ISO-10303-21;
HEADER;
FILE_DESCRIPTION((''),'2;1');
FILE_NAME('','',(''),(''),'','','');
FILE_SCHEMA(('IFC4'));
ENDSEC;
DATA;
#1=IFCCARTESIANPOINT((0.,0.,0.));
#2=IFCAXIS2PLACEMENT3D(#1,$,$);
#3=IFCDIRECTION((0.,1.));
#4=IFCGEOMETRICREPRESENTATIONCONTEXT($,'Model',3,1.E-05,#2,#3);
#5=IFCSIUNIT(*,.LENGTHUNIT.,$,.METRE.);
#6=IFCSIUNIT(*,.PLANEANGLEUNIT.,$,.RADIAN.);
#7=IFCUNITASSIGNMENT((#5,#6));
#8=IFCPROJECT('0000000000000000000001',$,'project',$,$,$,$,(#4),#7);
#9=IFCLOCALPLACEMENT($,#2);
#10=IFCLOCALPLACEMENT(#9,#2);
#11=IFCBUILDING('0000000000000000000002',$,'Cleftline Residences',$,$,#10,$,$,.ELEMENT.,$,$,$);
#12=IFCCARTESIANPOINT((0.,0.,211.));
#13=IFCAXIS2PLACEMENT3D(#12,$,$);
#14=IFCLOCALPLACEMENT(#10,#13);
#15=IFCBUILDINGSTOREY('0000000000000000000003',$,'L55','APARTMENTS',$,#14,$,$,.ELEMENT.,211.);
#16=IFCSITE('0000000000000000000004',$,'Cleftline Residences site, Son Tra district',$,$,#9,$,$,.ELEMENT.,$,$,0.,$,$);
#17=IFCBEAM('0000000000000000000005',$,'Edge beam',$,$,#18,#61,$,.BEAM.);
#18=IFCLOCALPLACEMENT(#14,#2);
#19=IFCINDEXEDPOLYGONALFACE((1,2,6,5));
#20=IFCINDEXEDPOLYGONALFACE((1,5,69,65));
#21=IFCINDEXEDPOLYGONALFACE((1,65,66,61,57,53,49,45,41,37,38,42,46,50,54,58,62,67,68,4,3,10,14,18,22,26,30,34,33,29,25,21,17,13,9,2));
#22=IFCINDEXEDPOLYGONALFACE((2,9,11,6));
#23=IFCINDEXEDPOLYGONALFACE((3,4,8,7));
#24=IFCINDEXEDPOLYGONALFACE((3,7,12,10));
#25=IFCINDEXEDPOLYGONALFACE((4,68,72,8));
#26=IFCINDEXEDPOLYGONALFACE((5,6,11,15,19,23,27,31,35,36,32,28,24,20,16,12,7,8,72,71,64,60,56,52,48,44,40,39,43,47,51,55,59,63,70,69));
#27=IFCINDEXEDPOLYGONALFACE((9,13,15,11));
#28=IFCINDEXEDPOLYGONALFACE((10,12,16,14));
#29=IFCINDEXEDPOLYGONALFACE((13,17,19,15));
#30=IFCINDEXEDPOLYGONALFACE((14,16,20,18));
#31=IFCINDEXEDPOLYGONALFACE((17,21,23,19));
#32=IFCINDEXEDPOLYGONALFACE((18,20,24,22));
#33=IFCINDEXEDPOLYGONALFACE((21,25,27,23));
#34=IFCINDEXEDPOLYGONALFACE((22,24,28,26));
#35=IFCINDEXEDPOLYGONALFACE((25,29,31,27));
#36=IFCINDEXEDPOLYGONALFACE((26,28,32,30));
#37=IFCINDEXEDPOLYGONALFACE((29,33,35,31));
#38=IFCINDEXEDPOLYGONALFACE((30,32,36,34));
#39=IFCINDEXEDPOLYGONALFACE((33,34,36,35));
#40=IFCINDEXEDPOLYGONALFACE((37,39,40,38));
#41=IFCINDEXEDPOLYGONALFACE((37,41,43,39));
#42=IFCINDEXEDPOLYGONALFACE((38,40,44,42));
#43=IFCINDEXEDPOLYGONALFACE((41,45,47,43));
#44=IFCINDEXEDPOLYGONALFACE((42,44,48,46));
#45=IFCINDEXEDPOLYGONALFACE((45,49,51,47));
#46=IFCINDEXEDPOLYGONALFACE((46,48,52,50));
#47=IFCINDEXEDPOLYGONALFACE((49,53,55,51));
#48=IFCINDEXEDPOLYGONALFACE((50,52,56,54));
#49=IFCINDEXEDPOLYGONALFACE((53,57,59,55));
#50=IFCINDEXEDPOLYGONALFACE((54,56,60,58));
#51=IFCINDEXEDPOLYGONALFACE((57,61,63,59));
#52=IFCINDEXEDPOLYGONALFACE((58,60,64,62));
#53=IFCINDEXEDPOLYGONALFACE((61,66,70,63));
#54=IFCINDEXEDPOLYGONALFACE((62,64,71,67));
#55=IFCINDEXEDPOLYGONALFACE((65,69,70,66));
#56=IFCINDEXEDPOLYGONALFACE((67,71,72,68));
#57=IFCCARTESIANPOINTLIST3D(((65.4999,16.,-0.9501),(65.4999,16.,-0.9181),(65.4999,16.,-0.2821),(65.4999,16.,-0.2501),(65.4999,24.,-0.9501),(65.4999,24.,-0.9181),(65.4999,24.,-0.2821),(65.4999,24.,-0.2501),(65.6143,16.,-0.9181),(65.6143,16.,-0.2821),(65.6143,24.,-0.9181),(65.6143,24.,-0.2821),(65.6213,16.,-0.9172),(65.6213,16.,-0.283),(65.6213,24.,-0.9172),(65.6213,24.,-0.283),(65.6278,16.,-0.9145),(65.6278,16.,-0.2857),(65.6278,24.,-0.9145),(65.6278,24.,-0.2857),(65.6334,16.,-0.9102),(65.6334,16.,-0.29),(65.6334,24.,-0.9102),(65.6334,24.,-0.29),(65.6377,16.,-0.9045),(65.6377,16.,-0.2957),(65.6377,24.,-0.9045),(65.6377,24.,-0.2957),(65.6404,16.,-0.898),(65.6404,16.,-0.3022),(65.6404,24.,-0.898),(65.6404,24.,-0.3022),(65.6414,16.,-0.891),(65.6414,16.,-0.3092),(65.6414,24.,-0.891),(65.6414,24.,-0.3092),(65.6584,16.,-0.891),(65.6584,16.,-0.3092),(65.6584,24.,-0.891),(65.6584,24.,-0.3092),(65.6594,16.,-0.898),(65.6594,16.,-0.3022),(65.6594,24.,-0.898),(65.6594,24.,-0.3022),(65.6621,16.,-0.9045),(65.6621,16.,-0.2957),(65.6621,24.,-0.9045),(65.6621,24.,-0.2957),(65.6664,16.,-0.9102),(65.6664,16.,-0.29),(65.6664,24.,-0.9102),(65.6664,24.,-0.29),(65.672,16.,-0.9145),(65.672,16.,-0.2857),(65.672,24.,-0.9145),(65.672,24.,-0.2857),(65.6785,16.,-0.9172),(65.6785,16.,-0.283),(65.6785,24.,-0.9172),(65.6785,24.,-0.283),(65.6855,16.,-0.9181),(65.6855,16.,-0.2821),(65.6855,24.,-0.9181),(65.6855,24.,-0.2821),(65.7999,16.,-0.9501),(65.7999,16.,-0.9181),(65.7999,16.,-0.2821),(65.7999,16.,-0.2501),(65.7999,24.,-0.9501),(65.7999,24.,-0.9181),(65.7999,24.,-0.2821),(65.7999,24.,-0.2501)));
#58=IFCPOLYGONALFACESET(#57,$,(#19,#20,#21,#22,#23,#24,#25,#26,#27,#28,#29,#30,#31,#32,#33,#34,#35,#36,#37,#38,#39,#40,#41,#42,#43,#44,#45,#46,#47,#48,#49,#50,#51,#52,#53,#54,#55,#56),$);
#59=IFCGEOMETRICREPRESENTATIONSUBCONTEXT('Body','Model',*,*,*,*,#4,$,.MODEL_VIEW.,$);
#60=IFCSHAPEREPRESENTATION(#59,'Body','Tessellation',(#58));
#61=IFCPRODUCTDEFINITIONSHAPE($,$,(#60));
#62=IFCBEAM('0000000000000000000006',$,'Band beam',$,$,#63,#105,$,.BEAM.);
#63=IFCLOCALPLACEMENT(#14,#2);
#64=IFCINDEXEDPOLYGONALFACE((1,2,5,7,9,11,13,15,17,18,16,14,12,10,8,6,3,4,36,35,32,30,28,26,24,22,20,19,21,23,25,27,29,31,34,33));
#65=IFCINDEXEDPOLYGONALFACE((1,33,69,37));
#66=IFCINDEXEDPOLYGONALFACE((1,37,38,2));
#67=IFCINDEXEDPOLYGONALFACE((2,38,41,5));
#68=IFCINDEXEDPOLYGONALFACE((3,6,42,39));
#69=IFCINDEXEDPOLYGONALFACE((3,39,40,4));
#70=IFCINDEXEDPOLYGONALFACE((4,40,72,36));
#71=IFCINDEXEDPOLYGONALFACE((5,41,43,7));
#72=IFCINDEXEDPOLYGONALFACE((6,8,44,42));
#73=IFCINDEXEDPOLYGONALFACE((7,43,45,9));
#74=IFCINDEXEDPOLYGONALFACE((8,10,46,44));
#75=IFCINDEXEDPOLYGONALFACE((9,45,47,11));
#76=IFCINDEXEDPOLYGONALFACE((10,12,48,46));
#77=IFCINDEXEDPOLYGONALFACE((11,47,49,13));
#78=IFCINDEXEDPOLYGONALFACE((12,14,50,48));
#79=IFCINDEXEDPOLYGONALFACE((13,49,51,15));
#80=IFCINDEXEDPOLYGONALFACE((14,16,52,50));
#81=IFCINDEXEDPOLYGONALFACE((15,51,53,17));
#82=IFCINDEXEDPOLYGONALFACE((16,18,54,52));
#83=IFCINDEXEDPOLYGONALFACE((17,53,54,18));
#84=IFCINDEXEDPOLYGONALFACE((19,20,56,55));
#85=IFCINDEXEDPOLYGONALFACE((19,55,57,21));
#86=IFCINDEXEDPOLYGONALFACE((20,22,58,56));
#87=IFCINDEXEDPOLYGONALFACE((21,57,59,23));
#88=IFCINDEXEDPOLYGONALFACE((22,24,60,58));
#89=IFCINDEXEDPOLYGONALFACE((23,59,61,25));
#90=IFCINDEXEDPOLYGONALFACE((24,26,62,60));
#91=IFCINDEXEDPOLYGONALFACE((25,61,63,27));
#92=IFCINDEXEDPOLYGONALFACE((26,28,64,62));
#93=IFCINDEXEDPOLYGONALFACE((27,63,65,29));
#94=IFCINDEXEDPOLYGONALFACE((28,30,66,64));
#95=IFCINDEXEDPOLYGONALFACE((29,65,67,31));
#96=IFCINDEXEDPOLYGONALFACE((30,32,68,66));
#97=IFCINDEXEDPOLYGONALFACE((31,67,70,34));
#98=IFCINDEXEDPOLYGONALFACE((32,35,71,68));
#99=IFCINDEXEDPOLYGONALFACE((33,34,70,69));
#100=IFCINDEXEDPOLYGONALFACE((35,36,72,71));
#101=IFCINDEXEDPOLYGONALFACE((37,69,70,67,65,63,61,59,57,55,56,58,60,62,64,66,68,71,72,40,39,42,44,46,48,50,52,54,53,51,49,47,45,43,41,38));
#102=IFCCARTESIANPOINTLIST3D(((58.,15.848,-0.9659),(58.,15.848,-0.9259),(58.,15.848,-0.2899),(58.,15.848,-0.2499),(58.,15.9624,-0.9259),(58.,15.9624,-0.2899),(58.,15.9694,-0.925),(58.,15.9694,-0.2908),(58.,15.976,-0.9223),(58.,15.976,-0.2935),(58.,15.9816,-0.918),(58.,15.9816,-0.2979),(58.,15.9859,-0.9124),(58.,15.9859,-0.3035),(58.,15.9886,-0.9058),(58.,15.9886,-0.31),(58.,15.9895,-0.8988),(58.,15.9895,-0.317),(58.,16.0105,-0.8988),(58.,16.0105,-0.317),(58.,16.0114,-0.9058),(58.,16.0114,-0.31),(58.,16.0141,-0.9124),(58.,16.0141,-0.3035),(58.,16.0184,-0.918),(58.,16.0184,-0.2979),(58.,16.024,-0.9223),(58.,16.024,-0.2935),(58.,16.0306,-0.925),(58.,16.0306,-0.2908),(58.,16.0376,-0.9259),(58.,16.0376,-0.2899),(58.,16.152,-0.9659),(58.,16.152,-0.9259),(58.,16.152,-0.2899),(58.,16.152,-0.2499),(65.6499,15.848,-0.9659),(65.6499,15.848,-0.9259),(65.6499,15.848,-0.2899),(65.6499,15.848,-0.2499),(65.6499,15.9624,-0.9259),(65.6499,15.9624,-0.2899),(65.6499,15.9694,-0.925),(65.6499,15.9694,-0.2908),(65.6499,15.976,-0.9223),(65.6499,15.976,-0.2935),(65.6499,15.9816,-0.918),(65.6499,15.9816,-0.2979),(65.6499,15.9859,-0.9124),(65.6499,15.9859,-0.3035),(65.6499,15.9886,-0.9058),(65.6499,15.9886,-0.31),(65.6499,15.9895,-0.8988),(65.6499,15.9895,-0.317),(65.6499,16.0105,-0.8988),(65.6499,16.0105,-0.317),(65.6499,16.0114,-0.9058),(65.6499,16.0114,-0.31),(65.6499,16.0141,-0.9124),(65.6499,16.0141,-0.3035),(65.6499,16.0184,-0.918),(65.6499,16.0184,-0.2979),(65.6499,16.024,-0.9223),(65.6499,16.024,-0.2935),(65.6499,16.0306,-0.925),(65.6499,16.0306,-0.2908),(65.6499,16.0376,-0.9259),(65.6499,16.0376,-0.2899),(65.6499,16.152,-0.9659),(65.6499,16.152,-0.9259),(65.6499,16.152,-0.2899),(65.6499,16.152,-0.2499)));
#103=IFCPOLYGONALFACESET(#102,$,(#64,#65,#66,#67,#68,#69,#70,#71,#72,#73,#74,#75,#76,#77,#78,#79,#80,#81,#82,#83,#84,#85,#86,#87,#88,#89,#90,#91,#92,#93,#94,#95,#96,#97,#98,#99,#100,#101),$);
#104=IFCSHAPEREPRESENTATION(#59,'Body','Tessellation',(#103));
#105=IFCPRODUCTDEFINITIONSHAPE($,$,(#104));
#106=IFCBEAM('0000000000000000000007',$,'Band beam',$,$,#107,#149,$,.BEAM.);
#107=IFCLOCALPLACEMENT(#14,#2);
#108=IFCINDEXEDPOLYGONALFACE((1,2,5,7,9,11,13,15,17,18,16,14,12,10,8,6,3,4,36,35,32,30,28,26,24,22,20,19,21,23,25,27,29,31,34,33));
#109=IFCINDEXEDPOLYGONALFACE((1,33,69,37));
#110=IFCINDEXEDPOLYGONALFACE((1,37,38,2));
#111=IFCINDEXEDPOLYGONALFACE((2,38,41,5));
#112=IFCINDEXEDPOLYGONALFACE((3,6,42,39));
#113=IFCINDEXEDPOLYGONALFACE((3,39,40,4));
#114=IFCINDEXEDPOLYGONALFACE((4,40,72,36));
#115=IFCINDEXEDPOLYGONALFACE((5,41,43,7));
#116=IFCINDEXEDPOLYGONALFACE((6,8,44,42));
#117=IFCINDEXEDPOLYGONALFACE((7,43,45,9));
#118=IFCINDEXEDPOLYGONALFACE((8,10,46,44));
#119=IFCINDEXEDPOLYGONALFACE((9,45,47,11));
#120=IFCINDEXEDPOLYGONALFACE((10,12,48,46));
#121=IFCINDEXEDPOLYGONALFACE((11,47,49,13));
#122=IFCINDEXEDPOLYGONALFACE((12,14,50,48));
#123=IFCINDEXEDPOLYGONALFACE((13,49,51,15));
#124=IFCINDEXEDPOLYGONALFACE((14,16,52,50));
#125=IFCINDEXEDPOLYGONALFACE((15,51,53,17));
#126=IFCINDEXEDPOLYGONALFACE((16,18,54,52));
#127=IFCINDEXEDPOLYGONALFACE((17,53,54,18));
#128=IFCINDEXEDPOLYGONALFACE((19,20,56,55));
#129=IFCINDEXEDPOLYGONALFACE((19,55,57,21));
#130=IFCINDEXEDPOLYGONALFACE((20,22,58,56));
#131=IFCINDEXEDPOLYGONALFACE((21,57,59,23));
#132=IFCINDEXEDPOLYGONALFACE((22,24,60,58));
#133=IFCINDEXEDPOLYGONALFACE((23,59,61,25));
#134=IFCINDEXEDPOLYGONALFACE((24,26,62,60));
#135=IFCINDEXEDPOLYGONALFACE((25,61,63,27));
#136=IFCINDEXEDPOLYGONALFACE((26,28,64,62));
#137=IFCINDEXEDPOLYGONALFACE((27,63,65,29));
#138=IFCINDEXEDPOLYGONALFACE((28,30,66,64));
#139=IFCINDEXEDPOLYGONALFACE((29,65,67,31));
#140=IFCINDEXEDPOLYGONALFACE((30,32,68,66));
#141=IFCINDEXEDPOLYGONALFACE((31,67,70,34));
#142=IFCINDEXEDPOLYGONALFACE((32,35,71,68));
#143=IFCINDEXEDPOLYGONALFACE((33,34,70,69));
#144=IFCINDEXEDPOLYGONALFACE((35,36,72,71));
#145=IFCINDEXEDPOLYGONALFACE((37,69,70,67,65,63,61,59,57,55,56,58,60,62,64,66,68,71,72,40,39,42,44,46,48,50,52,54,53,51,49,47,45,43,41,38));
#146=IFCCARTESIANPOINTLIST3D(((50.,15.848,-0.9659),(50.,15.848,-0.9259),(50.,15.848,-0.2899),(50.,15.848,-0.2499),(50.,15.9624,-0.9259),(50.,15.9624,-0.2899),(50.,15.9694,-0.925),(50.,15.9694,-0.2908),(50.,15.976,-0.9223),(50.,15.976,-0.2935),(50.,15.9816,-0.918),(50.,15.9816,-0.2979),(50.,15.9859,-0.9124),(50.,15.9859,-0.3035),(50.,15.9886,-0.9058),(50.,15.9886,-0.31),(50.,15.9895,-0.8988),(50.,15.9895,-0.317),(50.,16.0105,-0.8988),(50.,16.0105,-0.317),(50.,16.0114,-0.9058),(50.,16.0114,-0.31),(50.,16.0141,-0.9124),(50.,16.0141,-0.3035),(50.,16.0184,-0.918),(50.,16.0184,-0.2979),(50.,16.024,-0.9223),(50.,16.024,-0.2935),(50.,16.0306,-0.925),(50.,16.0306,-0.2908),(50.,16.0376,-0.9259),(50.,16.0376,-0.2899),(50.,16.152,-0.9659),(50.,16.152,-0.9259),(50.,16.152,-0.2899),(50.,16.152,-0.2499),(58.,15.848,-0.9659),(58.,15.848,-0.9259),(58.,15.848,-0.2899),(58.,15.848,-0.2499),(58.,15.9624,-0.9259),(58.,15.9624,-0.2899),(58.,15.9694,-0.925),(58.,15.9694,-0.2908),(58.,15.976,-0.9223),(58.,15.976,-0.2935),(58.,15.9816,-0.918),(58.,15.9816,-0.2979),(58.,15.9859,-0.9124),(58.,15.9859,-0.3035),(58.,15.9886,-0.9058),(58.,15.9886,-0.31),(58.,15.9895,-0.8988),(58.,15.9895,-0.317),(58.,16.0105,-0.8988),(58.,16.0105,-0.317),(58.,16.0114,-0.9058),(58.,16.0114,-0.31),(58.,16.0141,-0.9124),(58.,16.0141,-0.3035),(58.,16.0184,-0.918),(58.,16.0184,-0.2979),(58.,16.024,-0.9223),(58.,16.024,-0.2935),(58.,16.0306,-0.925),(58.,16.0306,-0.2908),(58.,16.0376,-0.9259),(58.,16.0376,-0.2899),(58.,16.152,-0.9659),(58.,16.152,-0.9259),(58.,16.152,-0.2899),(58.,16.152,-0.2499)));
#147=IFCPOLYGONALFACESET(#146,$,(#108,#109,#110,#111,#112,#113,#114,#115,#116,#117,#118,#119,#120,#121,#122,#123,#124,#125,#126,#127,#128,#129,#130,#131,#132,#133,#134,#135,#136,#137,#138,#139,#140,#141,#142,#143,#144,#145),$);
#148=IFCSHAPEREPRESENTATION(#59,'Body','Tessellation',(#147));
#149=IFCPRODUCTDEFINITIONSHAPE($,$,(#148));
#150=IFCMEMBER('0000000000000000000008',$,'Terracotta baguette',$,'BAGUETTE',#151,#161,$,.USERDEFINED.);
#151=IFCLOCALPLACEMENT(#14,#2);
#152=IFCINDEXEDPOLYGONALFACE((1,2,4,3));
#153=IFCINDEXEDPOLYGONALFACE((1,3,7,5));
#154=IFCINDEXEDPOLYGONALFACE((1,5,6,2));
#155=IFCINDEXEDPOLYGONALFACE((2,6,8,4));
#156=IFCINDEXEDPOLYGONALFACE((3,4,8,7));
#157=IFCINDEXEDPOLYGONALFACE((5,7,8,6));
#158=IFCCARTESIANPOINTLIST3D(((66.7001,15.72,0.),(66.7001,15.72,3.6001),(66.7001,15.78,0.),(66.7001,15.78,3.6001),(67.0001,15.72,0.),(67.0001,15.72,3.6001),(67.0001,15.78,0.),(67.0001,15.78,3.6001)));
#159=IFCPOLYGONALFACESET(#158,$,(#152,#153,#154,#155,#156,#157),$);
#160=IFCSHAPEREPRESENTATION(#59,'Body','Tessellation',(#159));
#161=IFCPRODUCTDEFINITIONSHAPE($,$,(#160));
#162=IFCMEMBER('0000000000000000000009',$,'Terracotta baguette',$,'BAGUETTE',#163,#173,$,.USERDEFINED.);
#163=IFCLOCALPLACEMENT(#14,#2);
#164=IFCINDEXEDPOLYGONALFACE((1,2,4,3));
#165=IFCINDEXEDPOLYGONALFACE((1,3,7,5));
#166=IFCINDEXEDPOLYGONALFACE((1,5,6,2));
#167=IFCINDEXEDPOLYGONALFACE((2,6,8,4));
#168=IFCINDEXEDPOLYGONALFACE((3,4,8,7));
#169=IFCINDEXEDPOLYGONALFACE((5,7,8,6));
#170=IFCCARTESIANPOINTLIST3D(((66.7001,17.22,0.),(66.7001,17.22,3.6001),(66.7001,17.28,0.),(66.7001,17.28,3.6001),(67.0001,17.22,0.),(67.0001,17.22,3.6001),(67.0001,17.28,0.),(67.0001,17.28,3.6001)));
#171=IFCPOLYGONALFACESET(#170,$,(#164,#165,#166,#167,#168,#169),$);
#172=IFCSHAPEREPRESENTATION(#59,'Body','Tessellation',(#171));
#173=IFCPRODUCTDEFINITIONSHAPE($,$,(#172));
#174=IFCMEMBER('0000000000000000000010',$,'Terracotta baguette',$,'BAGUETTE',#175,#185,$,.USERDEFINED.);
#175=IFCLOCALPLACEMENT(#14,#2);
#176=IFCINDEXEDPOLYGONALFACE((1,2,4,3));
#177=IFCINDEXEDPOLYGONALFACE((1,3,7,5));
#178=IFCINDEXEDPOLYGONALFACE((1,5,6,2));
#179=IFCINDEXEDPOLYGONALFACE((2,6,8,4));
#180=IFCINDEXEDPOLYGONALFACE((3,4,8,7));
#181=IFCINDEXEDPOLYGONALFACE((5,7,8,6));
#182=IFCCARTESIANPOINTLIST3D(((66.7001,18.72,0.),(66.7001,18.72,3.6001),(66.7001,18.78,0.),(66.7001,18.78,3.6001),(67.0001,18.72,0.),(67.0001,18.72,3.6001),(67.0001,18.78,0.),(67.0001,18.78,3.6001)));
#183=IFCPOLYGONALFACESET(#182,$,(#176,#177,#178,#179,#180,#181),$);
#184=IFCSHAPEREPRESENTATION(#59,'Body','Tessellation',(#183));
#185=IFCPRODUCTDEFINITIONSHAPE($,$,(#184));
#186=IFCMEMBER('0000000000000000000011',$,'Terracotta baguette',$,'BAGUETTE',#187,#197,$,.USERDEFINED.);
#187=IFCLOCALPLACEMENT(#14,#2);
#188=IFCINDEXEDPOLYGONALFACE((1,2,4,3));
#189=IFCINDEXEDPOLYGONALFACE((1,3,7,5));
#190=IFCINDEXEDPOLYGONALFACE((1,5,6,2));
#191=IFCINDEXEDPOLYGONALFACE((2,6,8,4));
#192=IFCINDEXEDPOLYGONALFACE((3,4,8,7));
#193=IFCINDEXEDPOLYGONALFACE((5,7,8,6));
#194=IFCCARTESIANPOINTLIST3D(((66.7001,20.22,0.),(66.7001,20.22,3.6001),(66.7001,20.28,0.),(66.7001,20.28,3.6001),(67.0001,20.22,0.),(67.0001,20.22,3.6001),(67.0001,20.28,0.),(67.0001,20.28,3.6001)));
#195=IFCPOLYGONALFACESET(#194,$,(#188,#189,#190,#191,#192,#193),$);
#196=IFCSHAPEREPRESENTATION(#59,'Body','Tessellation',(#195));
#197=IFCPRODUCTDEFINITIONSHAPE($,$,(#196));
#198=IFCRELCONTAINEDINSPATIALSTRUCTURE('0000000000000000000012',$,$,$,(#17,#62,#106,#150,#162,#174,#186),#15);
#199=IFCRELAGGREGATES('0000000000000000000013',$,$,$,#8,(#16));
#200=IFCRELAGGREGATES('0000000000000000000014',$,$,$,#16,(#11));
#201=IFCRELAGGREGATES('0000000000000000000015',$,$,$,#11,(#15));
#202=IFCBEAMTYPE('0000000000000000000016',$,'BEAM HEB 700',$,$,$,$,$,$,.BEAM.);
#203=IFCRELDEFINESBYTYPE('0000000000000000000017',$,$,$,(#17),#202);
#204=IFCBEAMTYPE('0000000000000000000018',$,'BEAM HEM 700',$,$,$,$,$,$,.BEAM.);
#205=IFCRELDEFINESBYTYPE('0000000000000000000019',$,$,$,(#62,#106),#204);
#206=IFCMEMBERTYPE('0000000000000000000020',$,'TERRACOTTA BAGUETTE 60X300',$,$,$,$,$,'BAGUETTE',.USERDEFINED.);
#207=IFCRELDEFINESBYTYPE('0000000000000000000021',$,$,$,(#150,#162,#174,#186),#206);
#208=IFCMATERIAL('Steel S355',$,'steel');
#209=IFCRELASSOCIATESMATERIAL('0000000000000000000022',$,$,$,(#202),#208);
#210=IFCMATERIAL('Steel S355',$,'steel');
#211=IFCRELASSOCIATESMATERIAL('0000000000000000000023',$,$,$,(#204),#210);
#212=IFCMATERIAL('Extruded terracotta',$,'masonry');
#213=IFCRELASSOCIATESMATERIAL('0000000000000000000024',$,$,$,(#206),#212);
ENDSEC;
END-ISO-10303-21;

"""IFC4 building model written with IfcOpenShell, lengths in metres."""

from ifc_helpers import new_model, si_unit, direction, frame, origin, origin_2d, place, context, subcontext, project, spatial, rectangle, i_section, extrude, material, material_profile, profile_set, type_object, element, save


model = new_model("IFC4")

# Units and contexts
model_context = context("Model", 3, precision=1e-05, world=origin(), true_north=direction((0.0, 1.0)))
body_context = subcontext(model_context, "Body", "Model", "MODEL_VIEW")
ifc_project = project(units=[si_unit("LENGTHUNIT", "METRE"), si_unit("PLANEANGLEUNIT", "RADIAN")], contexts=[model_context])

# Site, building, storey
site_placement = place(None, origin())
site = spatial("IfcSite", under=ifc_project, at=site_placement, Name="Cleftline Residences site, Son Tra district", CompositionType="ELEMENT", RefElevation=0.0)
building_placement = place(site_placement, origin())
building = spatial("IfcBuilding", under=site, at=building_placement, Name="Cleftline Residences", CompositionType="ELEMENT")
storey_placement = place(building_placement, frame((0.0, 0.0, 211.0)))
storey = spatial("IfcBuildingStorey", under=building, at=storey_placement, Name="L55", Description="APARTMENTS", CompositionType="ELEMENT", Elevation=211.0)

# Beams
ifc_material_1 = material(Name="Steel S355", Category="steel")
ifc_material_profile_1 = material_profile(ifc_material_1, i_section(OverallWidth=0.3, OverallDepth=0.7, WebThickness=0.0171, FlangeThickness=0.032, FilletRadius=0.0271, at=origin_2d()))
ifc_profile_set_1 = profile_set([ifc_material_profile_1], Name="Steel S355")
beam_type_1 = type_object("IfcBeamType", Name="BEAM HEB 700", PredefinedType="BEAM", material=ifc_profile_set_1)
beam_1_placement = place(storey_placement, frame((65.6499, 16.0, -0.6001), z_axis=(0.0, 1.0, 0.0), x_axis=(-1.0, 0.0, 0.0)))
element("IfcBeam", 1, at=beam_1_placement, inside=storey, type_object=beam_type_1, Name="Edge beam", PredefinedType="BEAM", context=body_context, shape_type="SweptSolid", body=[
    extrude(i_section(OverallWidth=0.3, OverallDepth=0.7, WebThickness=0.0171, FlangeThickness=0.032, FilletRadius=0.0271, at=origin_2d()), origin(), (0.0, 0.0, 1.0), 8.0),
])
ifc_material_2 = material(Name="Steel S355", Category="steel")
ifc_material_profile_2 = material_profile(ifc_material_2, i_section(OverallWidth=0.304, OverallDepth=0.7161, WebThickness=0.021, FlangeThickness=0.04, FilletRadius=0.0271, at=origin_2d()))
ifc_profile_set_2 = profile_set([ifc_material_profile_2], Name="Steel S355")
beam_type_2 = type_object("IfcBeamType", Name="BEAM HEM 700", PredefinedType="BEAM", material=ifc_profile_set_2)
beam_2_placement = place(storey_placement, frame((65.6499, 16.0, -0.6079), z_axis=(-1.0, 0.0, 0.0), x_axis=(0.0, -1.0, 0.0)))
element("IfcBeam", 2, at=beam_2_placement, inside=storey, type_object=beam_type_2, Name="Band beam", PredefinedType="BEAM", context=body_context, shape_type="SweptSolid", body=[
    extrude(i_section(OverallWidth=0.304, OverallDepth=0.7161, WebThickness=0.021, FlangeThickness=0.04, FilletRadius=0.0271, at=origin_2d()), origin(), (0.0, 0.0, 1.0), 7.6499),
])
beam_3_placement = place(storey_placement, frame((58.0, 16.0, -0.6079), z_axis=(-1.0, 0.0, 0.0), x_axis=(0.0, -1.0, 0.0)))
element("IfcBeam", 3, at=beam_3_placement, inside=storey, type_object=beam_type_2, Name="Band beam", PredefinedType="BEAM", context=body_context, shape_type="SweptSolid", body=[
    extrude(i_section(OverallWidth=0.304, OverallDepth=0.7161, WebThickness=0.021, FlangeThickness=0.04, FilletRadius=0.0271, at=origin_2d()), origin(), (0.0, 0.0, 1.0), 8.0),
])

# Members
ifc_material_3 = material(Name="Extruded terracotta", Category="masonry")
ifc_material_profile_3 = material_profile(ifc_material_3, rectangle(XDim=0.0601, YDim=0.3, at=origin_2d()))
ifc_profile_set_3 = profile_set([ifc_material_profile_3], Name="Extruded terracotta")
member_type_1 = type_object("IfcMemberType", Name="TERRACOTTA BAGUETTE 60X300", ElementType="BAGUETTE", PredefinedType="USERDEFINED", material=ifc_profile_set_3)
for number, where, z_axis, x_axis, name in (
    (4, (66.8501, 15.75, 0.0), (0.0, 0.0, 1.0), (0.0, 1.0, 0.0), "Terracotta baguette"),
    (5, (66.8501, 17.25, 0.0), (0.0, 0.0, 1.0), (0.0, 1.0, 0.0), "Terracotta baguette"),
    (6, (66.8501, 18.75, 0.0), (0.0, 0.0, 1.0), (0.0, 1.0, 0.0), "Terracotta baguette"),
    (7, (66.8501, 20.25, 0.0), (0.0, 0.0, 1.0), (0.0, 1.0, 0.0), "Terracotta baguette"),
):
    element("IfcMember", number, at=place(storey_placement, frame(where, z_axis=z_axis, x_axis=x_axis)), inside=storey, type_object=member_type_1, Name=name, ObjectType="BAGUETTE", PredefinedType="USERDEFINED", context=body_context, shape_type="SweptSolid", body=[
        extrude(rectangle(XDim=0.0601, YDim=0.3, at=origin_2d()), origin(), (0.0, 0.0, 1.0), 3.6001),
    ])

save(model, "model.ifc")
